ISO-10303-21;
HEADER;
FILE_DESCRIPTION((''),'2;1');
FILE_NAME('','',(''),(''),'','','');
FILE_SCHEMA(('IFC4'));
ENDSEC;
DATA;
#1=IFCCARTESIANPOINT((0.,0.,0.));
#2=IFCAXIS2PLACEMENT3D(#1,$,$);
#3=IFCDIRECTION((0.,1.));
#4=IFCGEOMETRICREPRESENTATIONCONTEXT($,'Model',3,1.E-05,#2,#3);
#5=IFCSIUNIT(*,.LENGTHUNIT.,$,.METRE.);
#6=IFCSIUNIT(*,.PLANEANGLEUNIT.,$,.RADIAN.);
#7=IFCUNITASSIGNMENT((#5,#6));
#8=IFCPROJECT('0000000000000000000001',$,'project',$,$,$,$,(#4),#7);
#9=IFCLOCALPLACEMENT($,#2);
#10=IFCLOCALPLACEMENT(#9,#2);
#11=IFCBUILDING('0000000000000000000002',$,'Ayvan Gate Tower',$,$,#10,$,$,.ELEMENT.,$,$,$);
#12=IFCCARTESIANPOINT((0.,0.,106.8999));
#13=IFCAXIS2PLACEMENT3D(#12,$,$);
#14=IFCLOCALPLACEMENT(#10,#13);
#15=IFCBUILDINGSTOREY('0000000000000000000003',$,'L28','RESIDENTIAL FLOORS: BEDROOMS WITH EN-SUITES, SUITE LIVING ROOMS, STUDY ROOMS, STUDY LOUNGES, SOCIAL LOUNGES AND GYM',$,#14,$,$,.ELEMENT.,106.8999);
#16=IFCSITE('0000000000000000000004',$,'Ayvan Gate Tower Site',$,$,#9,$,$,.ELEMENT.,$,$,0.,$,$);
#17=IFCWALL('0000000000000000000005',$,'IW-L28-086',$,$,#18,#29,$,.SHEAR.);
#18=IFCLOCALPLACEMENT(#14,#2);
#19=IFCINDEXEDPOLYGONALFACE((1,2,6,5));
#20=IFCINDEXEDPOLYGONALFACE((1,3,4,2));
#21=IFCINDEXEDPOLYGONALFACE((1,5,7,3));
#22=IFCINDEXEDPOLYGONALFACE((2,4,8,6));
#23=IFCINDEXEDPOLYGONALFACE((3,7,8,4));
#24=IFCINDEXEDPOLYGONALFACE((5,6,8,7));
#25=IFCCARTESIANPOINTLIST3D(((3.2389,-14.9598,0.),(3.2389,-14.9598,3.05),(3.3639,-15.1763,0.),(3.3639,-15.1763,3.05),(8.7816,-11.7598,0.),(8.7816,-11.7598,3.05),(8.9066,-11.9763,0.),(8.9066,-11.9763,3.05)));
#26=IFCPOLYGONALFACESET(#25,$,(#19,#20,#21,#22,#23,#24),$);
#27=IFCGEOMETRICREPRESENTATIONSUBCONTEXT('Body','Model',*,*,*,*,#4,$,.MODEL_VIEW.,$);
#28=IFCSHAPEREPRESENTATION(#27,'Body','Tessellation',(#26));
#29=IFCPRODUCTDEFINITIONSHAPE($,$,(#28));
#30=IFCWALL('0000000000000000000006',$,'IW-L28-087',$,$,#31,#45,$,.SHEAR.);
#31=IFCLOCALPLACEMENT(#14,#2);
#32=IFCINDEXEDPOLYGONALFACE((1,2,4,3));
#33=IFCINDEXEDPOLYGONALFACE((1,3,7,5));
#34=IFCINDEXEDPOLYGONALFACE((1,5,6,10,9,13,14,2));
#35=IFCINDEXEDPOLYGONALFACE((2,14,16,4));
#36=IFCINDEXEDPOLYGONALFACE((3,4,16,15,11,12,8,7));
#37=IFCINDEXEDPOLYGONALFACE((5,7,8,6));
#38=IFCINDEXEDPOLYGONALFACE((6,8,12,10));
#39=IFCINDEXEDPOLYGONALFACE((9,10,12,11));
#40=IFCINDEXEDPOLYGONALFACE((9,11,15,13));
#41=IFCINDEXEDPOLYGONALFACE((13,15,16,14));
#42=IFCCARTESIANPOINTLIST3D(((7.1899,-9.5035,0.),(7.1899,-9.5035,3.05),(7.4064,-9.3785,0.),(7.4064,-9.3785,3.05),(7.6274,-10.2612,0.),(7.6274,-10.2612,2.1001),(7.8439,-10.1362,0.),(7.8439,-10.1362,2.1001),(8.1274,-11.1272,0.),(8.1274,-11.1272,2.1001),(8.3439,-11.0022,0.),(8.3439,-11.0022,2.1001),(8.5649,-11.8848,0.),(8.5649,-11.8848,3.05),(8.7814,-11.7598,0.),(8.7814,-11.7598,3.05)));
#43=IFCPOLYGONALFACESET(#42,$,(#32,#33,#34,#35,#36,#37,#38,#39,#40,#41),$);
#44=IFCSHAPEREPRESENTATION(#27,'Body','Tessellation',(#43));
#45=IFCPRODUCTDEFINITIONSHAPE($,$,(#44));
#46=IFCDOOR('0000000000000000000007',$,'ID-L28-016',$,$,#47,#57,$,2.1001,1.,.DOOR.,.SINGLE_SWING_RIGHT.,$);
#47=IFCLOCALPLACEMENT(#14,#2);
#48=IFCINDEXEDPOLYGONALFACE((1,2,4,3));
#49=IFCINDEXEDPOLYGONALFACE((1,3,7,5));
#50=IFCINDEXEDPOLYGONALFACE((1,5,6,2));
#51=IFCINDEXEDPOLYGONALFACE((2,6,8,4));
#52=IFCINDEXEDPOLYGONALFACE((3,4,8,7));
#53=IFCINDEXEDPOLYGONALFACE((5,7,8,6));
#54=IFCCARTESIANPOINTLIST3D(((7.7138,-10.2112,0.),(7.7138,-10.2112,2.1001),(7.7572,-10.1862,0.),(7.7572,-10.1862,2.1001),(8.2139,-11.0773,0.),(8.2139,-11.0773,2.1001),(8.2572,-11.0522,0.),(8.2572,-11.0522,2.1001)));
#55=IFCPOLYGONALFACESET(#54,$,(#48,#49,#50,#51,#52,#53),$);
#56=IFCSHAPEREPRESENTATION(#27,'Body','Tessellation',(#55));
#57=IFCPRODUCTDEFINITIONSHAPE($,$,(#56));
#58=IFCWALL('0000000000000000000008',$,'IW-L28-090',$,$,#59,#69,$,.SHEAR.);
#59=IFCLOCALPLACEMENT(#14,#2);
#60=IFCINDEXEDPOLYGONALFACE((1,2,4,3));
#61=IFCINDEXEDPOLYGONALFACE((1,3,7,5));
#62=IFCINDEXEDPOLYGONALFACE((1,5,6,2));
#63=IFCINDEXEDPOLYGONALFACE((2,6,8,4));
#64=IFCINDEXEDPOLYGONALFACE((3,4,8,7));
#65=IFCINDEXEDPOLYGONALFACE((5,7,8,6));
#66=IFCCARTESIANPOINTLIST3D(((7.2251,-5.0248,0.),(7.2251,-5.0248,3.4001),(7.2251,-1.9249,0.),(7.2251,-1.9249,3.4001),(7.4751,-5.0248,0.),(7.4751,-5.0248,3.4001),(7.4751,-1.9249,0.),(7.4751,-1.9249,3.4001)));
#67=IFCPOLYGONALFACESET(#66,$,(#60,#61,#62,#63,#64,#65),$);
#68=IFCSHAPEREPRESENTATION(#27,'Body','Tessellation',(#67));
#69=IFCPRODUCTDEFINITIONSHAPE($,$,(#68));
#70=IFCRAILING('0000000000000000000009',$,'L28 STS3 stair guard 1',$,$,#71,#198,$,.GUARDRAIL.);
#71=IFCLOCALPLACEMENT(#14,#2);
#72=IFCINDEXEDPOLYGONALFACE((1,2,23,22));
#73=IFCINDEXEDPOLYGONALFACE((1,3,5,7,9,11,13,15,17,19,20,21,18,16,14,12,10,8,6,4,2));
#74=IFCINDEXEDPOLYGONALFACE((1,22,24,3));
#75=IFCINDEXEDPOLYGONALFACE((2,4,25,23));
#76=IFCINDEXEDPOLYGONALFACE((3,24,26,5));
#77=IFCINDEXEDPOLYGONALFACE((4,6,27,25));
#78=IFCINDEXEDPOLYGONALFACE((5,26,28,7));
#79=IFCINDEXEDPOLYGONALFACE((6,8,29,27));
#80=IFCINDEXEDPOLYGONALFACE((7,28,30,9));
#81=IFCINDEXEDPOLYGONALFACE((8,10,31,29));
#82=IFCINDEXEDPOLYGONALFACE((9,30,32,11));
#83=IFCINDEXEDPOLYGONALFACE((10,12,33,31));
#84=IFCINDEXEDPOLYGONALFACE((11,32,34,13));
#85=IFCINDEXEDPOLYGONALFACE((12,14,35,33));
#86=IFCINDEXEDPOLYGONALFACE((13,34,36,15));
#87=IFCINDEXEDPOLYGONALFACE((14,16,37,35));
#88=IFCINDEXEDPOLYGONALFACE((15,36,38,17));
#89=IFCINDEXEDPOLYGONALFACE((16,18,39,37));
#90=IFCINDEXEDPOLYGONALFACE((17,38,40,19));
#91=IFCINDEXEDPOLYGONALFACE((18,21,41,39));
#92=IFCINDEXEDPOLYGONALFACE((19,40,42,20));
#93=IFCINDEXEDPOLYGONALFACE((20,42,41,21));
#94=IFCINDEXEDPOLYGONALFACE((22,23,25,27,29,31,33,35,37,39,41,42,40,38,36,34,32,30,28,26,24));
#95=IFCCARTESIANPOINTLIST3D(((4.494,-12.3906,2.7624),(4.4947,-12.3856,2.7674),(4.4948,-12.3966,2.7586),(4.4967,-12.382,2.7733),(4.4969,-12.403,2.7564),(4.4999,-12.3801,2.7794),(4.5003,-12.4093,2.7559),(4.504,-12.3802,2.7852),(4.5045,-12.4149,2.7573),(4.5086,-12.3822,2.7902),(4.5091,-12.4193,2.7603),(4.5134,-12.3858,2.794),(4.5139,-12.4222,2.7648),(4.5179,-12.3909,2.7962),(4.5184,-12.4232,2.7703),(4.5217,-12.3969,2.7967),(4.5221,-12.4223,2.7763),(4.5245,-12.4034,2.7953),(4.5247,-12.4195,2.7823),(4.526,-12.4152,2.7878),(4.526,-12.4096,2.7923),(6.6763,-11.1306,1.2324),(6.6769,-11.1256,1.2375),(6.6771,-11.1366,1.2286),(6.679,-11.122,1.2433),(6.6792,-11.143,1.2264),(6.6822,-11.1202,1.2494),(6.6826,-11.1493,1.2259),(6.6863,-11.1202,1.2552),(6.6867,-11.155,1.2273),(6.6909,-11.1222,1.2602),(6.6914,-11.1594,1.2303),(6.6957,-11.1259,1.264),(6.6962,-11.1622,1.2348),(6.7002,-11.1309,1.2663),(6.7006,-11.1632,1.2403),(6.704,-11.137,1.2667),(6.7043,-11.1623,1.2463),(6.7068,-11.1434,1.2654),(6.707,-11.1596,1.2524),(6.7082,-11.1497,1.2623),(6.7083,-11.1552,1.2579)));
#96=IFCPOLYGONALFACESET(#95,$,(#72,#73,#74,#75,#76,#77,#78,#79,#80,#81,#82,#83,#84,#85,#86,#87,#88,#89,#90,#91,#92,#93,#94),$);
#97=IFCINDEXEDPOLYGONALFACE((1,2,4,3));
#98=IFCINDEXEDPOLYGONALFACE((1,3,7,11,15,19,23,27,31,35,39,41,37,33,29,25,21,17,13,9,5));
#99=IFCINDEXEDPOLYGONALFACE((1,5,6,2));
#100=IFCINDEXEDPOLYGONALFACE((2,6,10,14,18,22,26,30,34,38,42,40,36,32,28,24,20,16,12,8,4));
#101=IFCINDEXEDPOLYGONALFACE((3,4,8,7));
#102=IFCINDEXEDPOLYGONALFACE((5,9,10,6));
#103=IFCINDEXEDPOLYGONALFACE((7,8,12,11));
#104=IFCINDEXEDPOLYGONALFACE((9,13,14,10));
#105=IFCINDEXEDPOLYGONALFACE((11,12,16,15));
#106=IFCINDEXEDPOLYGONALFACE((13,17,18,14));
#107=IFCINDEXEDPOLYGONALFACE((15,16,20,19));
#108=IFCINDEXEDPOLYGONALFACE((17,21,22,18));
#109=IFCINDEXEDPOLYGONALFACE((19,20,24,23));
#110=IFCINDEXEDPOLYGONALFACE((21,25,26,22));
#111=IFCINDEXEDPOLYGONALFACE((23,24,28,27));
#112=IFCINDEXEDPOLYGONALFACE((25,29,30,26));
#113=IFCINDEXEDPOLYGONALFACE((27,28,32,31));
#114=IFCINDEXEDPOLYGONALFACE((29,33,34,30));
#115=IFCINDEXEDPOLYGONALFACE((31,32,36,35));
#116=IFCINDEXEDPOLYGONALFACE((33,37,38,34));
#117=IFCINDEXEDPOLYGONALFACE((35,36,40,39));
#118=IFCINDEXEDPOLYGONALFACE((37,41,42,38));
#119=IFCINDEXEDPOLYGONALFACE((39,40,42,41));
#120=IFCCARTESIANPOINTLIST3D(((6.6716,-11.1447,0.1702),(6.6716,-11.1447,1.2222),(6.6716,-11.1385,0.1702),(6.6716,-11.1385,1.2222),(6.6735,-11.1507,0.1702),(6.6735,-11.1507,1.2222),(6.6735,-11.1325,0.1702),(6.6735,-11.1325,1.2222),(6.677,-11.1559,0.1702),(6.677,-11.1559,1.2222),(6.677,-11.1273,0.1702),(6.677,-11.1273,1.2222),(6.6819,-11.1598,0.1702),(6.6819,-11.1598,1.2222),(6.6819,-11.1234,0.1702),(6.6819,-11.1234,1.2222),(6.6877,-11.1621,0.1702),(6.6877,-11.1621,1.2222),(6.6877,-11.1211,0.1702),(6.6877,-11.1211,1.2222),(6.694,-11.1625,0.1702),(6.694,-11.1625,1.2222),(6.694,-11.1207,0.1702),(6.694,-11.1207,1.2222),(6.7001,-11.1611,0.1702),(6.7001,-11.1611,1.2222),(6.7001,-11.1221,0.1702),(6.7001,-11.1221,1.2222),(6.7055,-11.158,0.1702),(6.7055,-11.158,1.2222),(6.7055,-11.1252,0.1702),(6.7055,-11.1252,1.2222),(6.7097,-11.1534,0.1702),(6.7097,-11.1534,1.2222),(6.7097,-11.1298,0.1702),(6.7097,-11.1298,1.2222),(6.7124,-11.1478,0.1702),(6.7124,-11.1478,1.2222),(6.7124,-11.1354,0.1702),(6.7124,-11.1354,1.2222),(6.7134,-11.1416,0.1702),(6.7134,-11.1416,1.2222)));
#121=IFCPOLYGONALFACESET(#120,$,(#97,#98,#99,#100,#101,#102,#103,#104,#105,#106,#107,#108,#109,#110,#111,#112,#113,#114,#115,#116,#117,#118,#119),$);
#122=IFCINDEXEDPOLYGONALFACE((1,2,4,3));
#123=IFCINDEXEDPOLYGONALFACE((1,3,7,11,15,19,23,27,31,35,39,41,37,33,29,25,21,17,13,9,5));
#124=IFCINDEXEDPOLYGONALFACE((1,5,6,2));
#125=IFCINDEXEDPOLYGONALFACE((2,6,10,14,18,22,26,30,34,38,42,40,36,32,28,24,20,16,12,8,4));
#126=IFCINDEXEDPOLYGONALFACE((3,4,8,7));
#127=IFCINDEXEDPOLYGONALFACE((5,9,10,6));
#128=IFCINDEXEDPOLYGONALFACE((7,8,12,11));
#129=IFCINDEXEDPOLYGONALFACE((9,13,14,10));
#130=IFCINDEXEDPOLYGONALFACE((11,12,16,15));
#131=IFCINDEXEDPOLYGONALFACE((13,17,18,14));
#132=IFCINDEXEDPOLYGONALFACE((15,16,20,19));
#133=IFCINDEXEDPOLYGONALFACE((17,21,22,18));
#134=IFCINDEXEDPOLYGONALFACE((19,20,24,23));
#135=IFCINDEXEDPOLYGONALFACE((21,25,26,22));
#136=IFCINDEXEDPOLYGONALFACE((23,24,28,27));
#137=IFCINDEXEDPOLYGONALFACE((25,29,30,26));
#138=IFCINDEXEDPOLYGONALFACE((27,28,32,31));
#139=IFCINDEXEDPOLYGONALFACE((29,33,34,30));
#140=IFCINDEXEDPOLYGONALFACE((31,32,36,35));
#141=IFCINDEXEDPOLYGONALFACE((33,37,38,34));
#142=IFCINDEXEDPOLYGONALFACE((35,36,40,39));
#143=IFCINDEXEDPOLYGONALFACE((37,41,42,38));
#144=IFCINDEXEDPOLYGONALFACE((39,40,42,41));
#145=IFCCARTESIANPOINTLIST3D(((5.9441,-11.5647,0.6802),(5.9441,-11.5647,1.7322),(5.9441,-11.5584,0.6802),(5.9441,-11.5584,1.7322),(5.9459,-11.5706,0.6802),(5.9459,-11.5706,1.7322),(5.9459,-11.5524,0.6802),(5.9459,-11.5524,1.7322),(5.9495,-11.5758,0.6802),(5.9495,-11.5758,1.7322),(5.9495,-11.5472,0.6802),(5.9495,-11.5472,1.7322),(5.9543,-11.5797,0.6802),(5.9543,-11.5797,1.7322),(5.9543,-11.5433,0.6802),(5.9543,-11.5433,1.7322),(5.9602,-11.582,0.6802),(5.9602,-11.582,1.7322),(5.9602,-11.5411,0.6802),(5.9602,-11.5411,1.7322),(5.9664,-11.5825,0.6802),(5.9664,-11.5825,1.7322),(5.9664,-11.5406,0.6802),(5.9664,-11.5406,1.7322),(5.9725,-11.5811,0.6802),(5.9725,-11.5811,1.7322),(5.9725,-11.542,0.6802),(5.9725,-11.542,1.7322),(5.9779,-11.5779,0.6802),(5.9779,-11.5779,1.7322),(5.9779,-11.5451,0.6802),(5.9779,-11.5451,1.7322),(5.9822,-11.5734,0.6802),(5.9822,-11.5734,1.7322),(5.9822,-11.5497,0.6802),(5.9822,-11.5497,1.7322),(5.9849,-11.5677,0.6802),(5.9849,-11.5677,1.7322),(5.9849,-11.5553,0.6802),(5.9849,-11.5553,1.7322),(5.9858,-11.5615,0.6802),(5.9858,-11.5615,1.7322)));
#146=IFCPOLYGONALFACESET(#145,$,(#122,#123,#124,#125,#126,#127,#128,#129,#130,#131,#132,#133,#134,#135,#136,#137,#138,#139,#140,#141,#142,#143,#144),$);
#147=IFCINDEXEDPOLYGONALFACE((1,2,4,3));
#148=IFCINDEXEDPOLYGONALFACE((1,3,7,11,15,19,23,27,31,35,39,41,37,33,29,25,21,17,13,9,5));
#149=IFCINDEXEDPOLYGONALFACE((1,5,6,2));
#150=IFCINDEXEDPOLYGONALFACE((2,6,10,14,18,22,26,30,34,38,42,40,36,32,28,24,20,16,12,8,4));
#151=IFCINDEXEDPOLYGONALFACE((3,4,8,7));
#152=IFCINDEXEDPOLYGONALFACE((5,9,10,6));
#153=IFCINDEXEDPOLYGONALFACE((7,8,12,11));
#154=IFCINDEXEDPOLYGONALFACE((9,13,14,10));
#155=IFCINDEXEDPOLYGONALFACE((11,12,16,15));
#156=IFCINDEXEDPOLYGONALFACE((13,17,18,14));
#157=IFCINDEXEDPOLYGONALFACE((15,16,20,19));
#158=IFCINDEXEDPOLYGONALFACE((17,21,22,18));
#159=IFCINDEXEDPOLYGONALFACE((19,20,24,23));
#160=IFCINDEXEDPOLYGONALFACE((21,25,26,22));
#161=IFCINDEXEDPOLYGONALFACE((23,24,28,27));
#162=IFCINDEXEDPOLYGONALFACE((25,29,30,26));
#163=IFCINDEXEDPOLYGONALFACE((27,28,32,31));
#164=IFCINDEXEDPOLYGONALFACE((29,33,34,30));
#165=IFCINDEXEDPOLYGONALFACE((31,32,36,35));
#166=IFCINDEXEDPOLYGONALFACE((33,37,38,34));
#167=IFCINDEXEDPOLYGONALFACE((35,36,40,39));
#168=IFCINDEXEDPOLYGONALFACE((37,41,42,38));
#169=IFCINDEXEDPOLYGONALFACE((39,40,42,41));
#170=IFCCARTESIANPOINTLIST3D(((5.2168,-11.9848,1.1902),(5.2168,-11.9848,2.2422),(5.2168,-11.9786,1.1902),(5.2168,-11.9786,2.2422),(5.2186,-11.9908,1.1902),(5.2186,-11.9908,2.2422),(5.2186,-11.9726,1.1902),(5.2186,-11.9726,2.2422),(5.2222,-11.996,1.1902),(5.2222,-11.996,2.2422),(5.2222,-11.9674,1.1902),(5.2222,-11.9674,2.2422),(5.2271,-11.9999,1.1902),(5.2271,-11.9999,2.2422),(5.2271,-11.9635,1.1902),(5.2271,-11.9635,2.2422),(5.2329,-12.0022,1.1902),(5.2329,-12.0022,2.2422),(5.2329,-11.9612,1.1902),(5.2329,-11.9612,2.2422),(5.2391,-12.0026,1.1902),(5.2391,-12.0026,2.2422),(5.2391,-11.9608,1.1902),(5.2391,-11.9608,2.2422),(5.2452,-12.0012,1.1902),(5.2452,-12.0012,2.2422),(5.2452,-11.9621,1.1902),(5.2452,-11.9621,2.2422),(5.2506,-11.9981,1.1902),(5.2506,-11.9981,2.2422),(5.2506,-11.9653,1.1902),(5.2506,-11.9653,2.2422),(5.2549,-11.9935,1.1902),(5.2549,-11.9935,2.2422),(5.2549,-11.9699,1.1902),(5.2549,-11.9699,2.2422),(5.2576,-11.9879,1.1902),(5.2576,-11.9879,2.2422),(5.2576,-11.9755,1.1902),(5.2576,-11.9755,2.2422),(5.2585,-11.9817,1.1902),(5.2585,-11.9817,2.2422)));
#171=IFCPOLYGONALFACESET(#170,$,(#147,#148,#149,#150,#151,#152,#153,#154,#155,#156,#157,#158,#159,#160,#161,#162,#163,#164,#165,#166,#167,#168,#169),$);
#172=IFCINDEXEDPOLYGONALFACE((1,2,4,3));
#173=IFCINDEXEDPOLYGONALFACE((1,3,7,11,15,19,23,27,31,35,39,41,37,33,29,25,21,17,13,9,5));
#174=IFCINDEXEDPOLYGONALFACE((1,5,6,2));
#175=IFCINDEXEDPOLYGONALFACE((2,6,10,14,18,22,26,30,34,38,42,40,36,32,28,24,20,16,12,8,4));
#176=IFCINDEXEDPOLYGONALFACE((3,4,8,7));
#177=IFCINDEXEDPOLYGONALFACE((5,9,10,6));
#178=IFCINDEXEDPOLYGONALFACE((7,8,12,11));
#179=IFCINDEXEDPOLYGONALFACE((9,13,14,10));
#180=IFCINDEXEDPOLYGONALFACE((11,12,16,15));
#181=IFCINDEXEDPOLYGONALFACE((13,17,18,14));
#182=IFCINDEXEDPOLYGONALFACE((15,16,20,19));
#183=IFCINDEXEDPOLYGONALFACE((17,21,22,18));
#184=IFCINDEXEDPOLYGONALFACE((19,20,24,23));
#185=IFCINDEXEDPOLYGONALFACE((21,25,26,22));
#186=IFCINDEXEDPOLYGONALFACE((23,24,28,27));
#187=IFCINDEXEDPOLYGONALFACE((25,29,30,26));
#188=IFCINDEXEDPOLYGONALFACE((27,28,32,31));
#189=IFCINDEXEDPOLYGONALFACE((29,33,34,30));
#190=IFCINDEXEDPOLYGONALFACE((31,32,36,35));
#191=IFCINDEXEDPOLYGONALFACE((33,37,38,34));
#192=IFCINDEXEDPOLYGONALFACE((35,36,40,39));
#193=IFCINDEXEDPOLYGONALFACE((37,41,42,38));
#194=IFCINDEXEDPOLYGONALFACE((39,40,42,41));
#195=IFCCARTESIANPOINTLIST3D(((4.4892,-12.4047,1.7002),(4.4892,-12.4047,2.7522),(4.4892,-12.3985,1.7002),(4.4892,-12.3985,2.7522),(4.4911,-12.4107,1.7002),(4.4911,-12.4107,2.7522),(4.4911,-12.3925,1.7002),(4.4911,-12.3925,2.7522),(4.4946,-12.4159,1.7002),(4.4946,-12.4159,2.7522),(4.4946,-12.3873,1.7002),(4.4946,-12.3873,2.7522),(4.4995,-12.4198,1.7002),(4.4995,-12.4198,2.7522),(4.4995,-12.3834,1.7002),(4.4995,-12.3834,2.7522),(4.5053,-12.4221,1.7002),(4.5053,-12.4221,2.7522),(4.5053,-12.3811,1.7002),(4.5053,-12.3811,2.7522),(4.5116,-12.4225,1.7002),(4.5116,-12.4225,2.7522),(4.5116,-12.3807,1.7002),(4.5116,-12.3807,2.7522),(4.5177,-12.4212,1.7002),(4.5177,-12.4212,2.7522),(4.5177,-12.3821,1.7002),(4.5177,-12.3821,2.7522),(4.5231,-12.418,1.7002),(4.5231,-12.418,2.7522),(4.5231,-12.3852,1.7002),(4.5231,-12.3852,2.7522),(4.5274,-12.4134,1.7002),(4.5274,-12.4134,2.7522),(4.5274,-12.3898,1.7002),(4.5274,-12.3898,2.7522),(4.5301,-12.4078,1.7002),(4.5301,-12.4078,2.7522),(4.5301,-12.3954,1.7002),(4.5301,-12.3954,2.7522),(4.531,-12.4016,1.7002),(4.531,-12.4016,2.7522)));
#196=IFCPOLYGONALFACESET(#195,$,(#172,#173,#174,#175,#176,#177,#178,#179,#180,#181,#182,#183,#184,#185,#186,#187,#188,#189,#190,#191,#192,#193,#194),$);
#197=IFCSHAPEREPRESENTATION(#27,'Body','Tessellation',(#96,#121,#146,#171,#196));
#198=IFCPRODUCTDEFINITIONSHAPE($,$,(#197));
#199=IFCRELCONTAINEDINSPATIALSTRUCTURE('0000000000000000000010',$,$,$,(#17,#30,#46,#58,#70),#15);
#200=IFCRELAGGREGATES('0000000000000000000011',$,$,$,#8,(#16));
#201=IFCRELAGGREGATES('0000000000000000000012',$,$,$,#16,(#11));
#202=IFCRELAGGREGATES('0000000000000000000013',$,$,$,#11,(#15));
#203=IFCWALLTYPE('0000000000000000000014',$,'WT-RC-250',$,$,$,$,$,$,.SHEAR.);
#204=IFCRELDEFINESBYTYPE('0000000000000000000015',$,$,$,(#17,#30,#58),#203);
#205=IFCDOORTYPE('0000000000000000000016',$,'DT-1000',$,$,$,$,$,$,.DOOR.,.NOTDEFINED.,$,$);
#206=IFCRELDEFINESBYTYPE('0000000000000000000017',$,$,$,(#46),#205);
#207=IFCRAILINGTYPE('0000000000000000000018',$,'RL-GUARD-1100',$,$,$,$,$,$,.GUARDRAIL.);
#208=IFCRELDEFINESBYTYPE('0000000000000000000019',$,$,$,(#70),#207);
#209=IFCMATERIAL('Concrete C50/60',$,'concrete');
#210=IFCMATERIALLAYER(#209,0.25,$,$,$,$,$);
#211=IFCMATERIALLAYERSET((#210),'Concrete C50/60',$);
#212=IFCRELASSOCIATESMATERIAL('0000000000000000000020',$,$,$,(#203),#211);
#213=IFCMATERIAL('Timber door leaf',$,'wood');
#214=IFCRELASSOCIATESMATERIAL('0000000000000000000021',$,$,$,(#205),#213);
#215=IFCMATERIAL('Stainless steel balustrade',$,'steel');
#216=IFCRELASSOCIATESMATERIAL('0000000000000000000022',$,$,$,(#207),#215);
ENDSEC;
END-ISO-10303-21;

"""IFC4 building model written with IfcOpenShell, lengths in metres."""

from ifc_helpers import new_model, si_unit, direction, frame, frame_2d, origin, origin_2d, place, context, subcontext, project, spatial, rectangle, circle, extrude, material, layer, layer_set, type_object, element, fill, save


model = new_model("IFC4")

# Units and contexts
model_context = context("Model", 3, precision=1e-05, world=origin(), true_north=direction((0.0, 1.0)))
body_context = subcontext(model_context, "Body", "Model", "MODEL_VIEW")
ifc_project = project(units=[si_unit("LENGTHUNIT", "METRE"), si_unit("PLANEANGLEUNIT", "RADIAN")], contexts=[model_context])

# Site, building, storey
site_placement = place(None, origin())
site = spatial("IfcSite", under=ifc_project, at=site_placement, Name="Ayvan Gate Tower Site", CompositionType="ELEMENT", RefElevation=0.0)
building_placement = place(site_placement, origin())
building = spatial("IfcBuilding", under=site, at=building_placement, Name="Ayvan Gate Tower", CompositionType="ELEMENT")
storey_placement = place(building_placement, frame((0.0, 0.0, 106.8999)))
storey = spatial("IfcBuildingStorey", under=building, at=storey_placement, Name="L28", Description="RESIDENTIAL FLOORS: BEDROOMS WITH EN-SUITES, SUITE LIVING ROOMS, STUDY ROOMS, STUDY LOUNGES, SOCIAL LOUNGES AND GYM", CompositionType="ELEMENT", Elevation=106.8999)

# Shared definitions
ifc_material_1 = material(Name="Timber door leaf", Category="wood")

# Shared definitions
ifc_material_2 = material(Name="Concrete C50/60", Category="concrete")
ifc_layer_1 = layer(ifc_material_2, 0.25)
ifc_layer_set_1 = layer_set([ifc_layer_1], Name="Concrete C50/60")
wall_type_1 = type_object("IfcWallType", Name="WT-RC-250", PredefinedType="SHEAR", material=ifc_layer_set_1)

# Shared definitions
door_type_1 = type_object("IfcDoorType", Name="DT-1000", OperationType="NOTDEFINED", PredefinedType="DOOR", material=ifc_material_1)

# Wall
wall_1_placement = place(storey_placement, frame((3.3013, -15.0681, 0.0), z_axis=(0.0, 0.0, 1.0), x_axis=(0.866035, 0.499983, 0.0)))
element("IfcWall", 1, at=wall_1_placement, inside=storey, type_object=wall_type_1, Name="IW-L28-086", PredefinedType="SHEAR", context=body_context, shape_type="SweptSolid", body=[
    extrude(rectangle(XDim=6.4001, YDim=0.25, at=frame_2d((3.2002, 0.0))), origin(), (0.0, 0.0, 1.0), 3.05),
])

# Wall, opening, door
wall_2_placement = place(storey_placement, frame((7.2981, -9.4409, 0.0), z_axis=(0.0, 0.0, 1.0), x_axis=(0.500035, -0.866005, 0.0)))
wall_2 = element("IfcWall", 2, at=wall_2_placement, inside=storey, type_object=wall_type_1, Name="IW-L28-087", PredefinedType="SHEAR", context=body_context, shape_type="SweptSolid", body=[
    extrude(rectangle(XDim=2.7498, YDim=0.25, at=frame_2d((1.375, 0.0))), origin(), (0.0, 0.0, 1.0), 3.05),
])
opening_1_placement = place(wall_2_placement, frame((0.875, 0.0, 0.0)))
opening_1 = element("IfcOpeningElement", 3, at=opening_1_placement, cuts=wall_2, PredefinedType="OPENING", context=body_context, shape_type="SweptSolid", body=[
    extrude(rectangle(XDim=1.0, YDim=2.1001, at=frame_2d((0.5, 1.05))), frame((0.0, 0.135, 0.0), z_axis=(0.0, -1.0, 0.0), x_axis=(1.0, 0.0, 0.0)), (0.0, 0.0, 1.0), 0.27),
])
door_1_placement = place(opening_1_placement, origin())
door_1 = element("IfcDoor", 4, at=door_1_placement, inside=storey, type_object=door_type_1, Name="ID-L28-016", OperationType="SINGLE_SWING_RIGHT", OverallHeight=2.1001, OverallWidth=1.0, PredefinedType="DOOR", context=body_context, shape_type="SweptSolid", body=[
    extrude(rectangle(XDim=1.0, YDim=2.1001, at=frame_2d((0.5, 1.05))), frame((0.0, 0.0249, 0.0), z_axis=(0.0, -1.0, 0.0), x_axis=(1.0, 0.0, 0.0)), (0.0, 0.0, 1.0), 0.05),
])
fill(opening_1, door_1)

# Wall
wall_3_placement = place(storey_placement, frame((7.3501, -1.925, 0.0), z_axis=(0.0, 0.0, 1.0), x_axis=(0.0, -1.0, 0.0)))
element("IfcWall", 5, at=wall_3_placement, inside=storey, type_object=wall_type_1, Name="IW-L28-090", PredefinedType="SHEAR", context=body_context, shape_type="SweptSolid", body=[
    extrude(rectangle(XDim=3.0999, YDim=0.25, at=frame_2d((1.5498, 0.0))), origin(), (0.0, 0.0, 1.0), 3.4001),
])

# Railing
ifc_material_3 = material(Name="Stainless steel balustrade", Category="steel")
railing_type_1 = type_object("IfcRailingType", Name="RL-GUARD-1100", PredefinedType="GUARDRAIL", material=ifc_material_3)
railing_1_placement = place(storey_placement, frame((6.6924, -11.1416, 0.1702)))
element("IfcRailing", 6, at=railing_1_placement, inside=storey, type_object=railing_type_1, Name="L28 STS3 stair guard 1", PredefinedType="GUARDRAIL", context=body_context, shape_type="SweptSolid", body=[
    extrude(circle(Radius=0.0239, at=origin_2d()), frame((0.0, 0.0, 1.0762), z_axis=(-0.740261, -0.427395, 0.518986), x_axis=(0.500005, -0.866023, 0.0)), (0.0, 0.0, 1.0), 2.948),
    extrude(circle(Radius=0.021, at=origin_2d()), origin(), (0.0, 0.0, 1.0), 1.052),
    extrude(circle(Radius=0.021, at=origin_2d()), frame((-0.7275, -0.4199, 0.51)), (0.0, 0.0, 1.0), 1.052),
    extrude(circle(Radius=0.021, at=origin_2d()), frame((-1.4548, -0.8401, 1.02)), (0.0, 0.0, 1.0), 1.052),
    extrude(circle(Radius=0.021, at=origin_2d()), frame((-2.1824, -1.26, 1.53)), (0.0, 0.0, 1.0), 1.052),
])

save(model, "model.ifc")
